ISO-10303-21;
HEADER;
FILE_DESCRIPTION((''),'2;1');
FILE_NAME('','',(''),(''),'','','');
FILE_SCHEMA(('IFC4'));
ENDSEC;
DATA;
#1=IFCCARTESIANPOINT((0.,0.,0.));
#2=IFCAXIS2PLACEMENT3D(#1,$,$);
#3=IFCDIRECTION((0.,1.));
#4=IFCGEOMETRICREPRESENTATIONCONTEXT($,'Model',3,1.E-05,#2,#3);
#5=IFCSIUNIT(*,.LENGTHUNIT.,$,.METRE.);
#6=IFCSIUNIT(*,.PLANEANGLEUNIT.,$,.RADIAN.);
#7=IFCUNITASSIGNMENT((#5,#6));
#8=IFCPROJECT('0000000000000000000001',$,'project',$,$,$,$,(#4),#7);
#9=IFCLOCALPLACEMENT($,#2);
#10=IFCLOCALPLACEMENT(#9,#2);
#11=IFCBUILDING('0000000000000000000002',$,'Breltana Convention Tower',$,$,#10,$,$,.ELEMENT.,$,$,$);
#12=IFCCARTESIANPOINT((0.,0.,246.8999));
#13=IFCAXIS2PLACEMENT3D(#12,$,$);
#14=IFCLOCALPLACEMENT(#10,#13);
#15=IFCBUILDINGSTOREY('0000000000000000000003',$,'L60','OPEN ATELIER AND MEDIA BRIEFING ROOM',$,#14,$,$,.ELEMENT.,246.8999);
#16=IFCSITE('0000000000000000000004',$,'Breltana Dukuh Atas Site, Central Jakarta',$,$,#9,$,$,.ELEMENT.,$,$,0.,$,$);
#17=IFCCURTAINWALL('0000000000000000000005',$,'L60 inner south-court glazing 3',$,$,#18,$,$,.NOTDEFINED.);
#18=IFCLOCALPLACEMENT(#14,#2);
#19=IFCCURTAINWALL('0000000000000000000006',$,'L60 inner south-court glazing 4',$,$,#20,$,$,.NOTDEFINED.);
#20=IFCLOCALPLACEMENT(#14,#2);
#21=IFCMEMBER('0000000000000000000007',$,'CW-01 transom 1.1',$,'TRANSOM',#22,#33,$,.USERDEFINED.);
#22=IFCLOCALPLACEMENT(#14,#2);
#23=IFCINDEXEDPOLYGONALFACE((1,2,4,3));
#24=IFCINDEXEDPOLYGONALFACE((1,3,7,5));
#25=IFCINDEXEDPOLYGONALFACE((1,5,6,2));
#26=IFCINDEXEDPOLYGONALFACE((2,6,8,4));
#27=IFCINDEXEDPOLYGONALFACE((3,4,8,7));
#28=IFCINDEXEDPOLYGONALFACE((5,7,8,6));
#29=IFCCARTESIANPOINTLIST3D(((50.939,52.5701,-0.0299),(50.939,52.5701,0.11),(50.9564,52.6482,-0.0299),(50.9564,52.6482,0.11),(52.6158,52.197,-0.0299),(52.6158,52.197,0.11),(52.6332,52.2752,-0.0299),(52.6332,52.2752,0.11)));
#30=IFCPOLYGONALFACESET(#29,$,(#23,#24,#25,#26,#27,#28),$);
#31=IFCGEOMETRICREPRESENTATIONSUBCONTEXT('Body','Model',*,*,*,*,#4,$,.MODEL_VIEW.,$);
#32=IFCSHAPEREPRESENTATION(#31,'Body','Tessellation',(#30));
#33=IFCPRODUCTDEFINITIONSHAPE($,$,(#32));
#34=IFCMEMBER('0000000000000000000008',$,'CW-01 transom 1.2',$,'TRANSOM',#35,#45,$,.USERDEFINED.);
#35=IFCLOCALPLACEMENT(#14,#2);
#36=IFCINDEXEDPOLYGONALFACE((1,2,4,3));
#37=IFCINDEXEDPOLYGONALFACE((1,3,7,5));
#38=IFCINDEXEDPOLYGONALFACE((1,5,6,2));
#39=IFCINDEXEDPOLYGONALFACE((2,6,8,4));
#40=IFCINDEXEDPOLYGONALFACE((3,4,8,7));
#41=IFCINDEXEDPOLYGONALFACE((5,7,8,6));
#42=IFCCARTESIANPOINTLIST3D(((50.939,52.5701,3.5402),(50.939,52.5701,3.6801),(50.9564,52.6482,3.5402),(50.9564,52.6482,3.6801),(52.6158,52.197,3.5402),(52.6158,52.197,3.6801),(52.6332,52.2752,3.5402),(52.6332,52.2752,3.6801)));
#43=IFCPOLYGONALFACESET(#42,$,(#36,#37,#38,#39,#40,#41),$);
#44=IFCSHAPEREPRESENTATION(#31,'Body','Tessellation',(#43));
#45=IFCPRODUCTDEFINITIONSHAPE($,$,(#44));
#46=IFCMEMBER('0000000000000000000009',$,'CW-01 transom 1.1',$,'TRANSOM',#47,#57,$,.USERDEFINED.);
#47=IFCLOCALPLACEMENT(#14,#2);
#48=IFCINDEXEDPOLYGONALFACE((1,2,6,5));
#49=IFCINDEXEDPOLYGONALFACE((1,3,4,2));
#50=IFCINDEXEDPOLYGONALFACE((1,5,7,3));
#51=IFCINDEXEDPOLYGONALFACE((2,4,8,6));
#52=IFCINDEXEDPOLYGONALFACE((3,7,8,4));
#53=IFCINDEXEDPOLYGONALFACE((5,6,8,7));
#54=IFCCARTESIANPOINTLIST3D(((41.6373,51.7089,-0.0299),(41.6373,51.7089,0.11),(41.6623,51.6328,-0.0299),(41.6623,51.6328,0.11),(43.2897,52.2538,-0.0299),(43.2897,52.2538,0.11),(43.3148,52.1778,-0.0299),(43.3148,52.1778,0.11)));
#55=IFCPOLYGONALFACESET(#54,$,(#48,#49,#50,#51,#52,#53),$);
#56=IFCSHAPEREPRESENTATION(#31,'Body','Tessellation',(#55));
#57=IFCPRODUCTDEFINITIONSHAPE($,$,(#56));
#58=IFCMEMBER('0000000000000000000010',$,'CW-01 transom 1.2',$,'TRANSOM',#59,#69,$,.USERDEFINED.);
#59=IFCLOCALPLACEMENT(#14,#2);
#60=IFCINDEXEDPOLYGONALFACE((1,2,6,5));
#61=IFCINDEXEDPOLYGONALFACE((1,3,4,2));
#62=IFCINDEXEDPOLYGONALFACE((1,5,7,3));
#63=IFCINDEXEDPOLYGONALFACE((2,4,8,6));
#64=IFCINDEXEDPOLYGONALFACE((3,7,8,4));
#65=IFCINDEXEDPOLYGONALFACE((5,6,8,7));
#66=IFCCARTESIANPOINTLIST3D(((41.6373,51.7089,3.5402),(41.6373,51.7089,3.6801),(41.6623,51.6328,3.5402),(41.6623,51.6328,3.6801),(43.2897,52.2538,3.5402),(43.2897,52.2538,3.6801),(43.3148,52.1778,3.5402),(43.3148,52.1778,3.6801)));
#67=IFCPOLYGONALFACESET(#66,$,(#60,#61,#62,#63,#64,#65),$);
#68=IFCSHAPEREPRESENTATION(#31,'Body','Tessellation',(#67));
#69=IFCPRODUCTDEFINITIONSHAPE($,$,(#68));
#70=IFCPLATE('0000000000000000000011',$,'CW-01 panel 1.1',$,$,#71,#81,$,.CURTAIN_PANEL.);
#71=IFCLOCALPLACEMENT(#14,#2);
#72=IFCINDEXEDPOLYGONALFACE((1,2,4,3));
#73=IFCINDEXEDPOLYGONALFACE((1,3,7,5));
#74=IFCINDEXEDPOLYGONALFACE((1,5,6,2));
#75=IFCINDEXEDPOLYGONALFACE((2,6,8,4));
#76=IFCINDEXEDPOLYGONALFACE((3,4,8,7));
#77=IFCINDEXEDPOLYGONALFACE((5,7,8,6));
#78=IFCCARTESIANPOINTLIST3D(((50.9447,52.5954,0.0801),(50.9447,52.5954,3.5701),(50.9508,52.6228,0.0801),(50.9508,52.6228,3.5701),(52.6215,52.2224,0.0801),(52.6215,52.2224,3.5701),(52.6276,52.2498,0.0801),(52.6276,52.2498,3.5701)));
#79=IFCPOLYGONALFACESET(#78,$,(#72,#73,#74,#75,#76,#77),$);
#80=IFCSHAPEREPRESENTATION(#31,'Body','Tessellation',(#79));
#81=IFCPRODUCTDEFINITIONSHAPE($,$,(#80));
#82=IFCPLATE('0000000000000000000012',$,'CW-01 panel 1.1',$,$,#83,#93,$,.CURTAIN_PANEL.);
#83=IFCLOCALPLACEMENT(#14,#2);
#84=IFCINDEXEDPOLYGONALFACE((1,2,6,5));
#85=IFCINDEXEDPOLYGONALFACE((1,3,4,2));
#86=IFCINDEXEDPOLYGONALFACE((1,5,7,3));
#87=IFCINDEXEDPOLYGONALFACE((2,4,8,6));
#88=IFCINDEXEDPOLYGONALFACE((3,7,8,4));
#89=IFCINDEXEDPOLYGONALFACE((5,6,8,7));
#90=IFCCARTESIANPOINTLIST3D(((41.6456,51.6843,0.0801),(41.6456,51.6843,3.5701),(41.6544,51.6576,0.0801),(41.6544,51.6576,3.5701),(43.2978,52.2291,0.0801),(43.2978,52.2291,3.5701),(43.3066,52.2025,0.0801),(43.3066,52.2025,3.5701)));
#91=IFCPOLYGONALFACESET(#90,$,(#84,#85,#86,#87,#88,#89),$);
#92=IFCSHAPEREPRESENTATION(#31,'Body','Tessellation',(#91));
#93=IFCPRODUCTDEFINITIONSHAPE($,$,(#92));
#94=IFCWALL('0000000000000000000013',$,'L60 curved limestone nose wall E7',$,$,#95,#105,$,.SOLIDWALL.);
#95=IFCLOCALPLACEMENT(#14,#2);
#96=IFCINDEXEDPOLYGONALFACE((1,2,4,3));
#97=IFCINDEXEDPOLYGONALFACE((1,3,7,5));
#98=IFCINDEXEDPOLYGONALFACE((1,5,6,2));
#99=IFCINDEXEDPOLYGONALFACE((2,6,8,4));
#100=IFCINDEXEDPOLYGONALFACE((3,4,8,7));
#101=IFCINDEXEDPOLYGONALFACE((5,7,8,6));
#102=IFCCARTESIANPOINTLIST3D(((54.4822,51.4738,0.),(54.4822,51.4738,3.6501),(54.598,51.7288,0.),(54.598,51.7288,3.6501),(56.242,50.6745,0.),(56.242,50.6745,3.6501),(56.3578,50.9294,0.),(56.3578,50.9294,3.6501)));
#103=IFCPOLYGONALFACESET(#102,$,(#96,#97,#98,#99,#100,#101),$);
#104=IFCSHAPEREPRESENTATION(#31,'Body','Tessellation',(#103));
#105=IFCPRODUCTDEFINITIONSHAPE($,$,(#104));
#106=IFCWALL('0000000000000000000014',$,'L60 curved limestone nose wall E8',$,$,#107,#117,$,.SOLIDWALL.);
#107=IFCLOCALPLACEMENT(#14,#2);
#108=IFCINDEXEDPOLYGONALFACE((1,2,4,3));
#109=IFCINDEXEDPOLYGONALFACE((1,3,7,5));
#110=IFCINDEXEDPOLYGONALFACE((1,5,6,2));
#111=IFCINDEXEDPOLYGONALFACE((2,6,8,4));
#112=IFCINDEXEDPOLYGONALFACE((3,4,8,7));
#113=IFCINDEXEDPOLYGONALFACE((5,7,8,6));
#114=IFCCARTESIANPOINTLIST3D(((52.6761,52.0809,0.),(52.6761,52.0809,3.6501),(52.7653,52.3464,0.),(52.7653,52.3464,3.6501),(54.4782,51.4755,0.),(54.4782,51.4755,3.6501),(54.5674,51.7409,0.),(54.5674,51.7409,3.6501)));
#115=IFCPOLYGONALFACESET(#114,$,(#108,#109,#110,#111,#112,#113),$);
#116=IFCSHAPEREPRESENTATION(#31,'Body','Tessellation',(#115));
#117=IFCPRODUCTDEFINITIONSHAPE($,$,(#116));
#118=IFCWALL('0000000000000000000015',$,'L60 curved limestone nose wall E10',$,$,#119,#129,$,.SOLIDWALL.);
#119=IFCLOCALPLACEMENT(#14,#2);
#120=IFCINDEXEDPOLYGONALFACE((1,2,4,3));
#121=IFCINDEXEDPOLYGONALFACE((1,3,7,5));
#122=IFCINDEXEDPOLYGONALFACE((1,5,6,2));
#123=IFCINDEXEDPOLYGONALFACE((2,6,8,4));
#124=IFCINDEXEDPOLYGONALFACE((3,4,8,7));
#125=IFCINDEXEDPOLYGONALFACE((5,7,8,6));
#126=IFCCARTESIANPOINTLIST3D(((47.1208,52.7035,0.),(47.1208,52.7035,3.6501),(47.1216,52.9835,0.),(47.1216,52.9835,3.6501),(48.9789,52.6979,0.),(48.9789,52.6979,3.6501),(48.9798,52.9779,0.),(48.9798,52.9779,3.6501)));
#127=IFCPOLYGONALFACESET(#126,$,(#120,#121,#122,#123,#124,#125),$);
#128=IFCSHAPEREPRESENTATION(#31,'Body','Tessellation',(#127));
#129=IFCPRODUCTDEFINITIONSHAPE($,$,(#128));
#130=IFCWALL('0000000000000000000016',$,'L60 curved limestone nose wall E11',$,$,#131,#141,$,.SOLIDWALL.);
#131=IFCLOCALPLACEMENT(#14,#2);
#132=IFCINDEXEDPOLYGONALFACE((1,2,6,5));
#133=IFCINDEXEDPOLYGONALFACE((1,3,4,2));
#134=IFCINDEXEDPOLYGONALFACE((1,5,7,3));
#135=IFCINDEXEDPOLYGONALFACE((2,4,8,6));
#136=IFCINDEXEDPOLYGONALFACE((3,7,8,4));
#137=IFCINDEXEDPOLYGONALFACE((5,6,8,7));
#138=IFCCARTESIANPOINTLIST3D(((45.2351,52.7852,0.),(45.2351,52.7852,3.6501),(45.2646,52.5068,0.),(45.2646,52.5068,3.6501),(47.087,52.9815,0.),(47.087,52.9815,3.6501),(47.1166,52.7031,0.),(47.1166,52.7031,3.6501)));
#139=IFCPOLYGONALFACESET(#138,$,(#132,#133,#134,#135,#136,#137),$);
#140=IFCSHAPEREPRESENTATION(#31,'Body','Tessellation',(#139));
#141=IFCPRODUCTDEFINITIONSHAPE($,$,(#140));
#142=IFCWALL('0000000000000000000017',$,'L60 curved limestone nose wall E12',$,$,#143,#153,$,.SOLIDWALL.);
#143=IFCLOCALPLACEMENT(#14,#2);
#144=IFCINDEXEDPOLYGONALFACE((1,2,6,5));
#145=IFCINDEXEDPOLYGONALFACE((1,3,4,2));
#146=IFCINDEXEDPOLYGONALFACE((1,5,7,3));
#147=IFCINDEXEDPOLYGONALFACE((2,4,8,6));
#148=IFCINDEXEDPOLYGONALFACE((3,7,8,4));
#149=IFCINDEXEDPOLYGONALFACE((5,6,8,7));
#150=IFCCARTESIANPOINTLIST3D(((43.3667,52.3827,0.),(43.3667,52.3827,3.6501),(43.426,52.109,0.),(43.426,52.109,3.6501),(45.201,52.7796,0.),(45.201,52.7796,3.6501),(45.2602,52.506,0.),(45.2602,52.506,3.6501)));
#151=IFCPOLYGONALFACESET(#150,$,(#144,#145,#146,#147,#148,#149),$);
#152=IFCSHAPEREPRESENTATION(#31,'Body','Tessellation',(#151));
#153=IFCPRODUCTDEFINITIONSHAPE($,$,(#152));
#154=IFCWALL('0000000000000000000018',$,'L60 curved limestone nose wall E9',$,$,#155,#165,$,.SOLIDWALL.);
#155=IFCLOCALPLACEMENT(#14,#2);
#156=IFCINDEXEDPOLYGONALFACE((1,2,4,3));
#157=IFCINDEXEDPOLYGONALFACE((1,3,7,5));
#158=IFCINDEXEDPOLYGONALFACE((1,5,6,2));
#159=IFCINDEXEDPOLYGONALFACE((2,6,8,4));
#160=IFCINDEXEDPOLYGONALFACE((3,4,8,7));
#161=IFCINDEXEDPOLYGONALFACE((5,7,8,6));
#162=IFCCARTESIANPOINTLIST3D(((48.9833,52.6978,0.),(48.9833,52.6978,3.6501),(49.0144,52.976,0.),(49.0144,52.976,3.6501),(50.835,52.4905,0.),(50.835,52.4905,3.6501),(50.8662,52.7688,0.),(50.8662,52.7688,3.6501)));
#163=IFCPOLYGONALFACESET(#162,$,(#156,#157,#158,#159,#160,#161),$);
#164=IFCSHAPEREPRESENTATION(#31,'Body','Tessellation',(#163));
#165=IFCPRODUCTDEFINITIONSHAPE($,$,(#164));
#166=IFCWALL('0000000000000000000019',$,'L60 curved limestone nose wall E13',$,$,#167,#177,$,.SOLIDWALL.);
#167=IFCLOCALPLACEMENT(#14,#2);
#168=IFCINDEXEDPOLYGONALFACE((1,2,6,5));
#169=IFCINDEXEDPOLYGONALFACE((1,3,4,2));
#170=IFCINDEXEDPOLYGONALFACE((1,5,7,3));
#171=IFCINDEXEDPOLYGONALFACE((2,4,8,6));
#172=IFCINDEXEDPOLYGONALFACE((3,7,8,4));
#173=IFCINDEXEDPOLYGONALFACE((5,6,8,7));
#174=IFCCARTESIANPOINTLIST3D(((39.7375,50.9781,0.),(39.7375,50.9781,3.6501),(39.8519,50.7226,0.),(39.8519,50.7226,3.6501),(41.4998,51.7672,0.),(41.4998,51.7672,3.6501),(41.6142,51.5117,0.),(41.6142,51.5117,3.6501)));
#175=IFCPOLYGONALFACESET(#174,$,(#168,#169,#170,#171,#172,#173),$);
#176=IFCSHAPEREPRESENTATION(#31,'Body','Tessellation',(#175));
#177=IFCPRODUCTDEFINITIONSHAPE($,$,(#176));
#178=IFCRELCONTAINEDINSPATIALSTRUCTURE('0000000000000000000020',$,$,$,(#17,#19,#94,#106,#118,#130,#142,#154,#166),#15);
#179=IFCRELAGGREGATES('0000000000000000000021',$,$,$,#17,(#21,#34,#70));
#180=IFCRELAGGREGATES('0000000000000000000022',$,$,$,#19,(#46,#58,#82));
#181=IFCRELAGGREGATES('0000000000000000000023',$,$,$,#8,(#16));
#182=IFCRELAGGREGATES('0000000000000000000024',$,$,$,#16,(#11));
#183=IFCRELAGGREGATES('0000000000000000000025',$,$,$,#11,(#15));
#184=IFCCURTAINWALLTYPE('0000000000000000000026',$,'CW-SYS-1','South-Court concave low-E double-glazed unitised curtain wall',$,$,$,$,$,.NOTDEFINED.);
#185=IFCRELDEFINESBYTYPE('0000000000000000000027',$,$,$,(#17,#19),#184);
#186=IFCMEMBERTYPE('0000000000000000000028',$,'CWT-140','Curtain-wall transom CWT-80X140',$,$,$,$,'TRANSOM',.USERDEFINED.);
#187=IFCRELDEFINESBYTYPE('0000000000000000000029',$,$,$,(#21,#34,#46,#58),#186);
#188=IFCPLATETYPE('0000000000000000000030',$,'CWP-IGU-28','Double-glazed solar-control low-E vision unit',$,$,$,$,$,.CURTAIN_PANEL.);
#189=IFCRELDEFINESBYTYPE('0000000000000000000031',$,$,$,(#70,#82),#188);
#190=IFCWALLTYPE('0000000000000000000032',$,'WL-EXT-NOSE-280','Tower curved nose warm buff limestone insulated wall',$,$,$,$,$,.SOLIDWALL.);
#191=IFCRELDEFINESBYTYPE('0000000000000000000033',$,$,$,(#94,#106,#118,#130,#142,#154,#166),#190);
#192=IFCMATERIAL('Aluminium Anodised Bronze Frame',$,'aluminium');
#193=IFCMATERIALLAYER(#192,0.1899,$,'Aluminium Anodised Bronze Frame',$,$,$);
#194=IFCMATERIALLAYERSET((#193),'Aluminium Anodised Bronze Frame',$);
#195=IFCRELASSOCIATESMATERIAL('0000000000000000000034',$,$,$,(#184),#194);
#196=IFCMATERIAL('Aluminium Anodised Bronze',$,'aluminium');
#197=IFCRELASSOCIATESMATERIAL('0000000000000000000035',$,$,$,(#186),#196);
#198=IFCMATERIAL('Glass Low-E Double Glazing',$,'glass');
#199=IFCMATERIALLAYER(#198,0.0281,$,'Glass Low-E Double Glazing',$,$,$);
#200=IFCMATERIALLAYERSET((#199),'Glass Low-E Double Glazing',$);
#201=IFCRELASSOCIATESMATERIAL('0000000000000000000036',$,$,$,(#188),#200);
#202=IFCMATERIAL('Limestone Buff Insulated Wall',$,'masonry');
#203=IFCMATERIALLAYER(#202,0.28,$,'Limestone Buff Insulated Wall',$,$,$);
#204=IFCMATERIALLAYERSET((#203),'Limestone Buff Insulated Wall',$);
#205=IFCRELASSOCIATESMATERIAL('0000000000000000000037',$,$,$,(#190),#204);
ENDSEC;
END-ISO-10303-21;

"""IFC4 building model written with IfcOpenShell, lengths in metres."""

from ifc_helpers import new_model, si_unit, direction, frame, frame_2d, origin, origin_2d, place, context, subcontext, project, spatial, rectangle, extrude, source, transform, mapped, material, layer, layer_set, material_profile, profile_set, type_object, element, aggregate, save


model = new_model("IFC4")

# Units and contexts
model_context = context("Model", 3, precision=1e-05, world=origin(), true_north=direction((0.0, 1.0)))
body_context = subcontext(model_context, "Body", "Model", "MODEL_VIEW")
ifc_project = project(units=[si_unit("LENGTHUNIT", "METRE"), si_unit("PLANEANGLEUNIT", "RADIAN")], contexts=[model_context])

# Site, building, storey
site_placement = place(None, origin())
site = spatial("IfcSite", under=ifc_project, at=site_placement, Name="Breltana Dukuh Atas Site, Central Jakarta", CompositionType="ELEMENT", RefElevation=0.0)
building_placement = place(site_placement, origin())
building = spatial("IfcBuilding", under=site, at=building_placement, Name="Breltana Convention Tower", CompositionType="ELEMENT")
storey_placement = place(building_placement, frame((0.0, 0.0, 246.8999)))
storey = spatial("IfcBuildingStorey", under=building, at=storey_placement, Name="L60", Description="OPEN ATELIER AND MEDIA BRIEFING ROOM", CompositionType="ELEMENT", Elevation=246.8999)

# Shared definitions
ifc_material_1 = material(Name="Aluminium Anodised Bronze Frame", Category="aluminium")
ifc_layer_1 = layer(ifc_material_1, 0.1899, Name="Aluminium Anodised Bronze Frame")
ifc_layer_set_1 = layer_set([ifc_layer_1], Name="Aluminium Anodised Bronze Frame")
curtain_wall_type = type_object("IfcCurtainWallType", Name="CW-SYS-1", Description="South-Court concave low-E double-glazed unitised curtain wall", PredefinedType="NOTDEFINED", material=ifc_layer_set_1)
ifc_material_2 = material(Name="Aluminium Anodised Bronze", Category="aluminium")

# Curtain walls
curtain_wall_1_placement = place(storey_placement, origin())
curtain_wall_1 = element("IfcCurtainWall", 1, at=curtain_wall_1_placement, inside=storey, type_object=curtain_wall_type, Name="L60 inner south-court glazing 3", PredefinedType="NOTDEFINED")
curtain_wall_2_placement = place(storey_placement, origin())
curtain_wall_2 = element("IfcCurtainWall", 2, at=curtain_wall_2_placement, inside=storey, type_object=curtain_wall_type, Name="L60 inner south-court glazing 4", PredefinedType="NOTDEFINED")

# Members
ifc_material_profile_1 = material_profile(ifc_material_2, rectangle(XDim=0.0801, YDim=0.1399, at=origin_2d()), Name="CWT-80X140")
ifc_profile_set_1 = profile_set([ifc_material_profile_1], Name="Aluminium Anodised Bronze")
member_type_1 = type_object("IfcMemberType", Name="CWT-140", Description="Curtain-wall transom CWT-80X140", ElementType="TRANSOM", PredefinedType="USERDEFINED", material=ifc_profile_set_1)
shared_shape_1 = source(origin(), body_context, "Body", "SweptSolid", [
    extrude(rectangle(XDim=0.0801, YDim=0.1399, at=origin_2d()), origin(), (0.0, 0.0, 1.0), 1.7178),
])
member_1_placement = place(storey_placement, frame((52.6245, 52.2361, 0.04), z_axis=(-0.976134, 0.217171, 0.0), x_axis=(-0.217171, -0.976134, 0.0)))
member_1 = element("IfcMember", 3, at=member_1_placement, type_object=member_type_1, Name="CW-01 transom 1.1", ObjectType="TRANSOM", PredefinedType="USERDEFINED", context=body_context, shape_type="MappedRepresentation", body=[
    mapped(shared_shape_1, transform((0.0, 0.0, 0.0), scale=1.0)),
])
member_2_placement = place(storey_placement, frame((52.6245, 52.2361, 3.6101), z_axis=(-0.976134, 0.217171, 0.0), x_axis=(-0.217171, -0.976134, 0.0)))
member_2 = element("IfcMember", 4, at=member_2_placement, type_object=member_type_1, Name="CW-01 transom 1.2", ObjectType="TRANSOM", PredefinedType="USERDEFINED", context=body_context, shape_type="MappedRepresentation", body=[
    mapped(shared_shape_1, transform((0.0, 0.0, 0.0), scale=1.0)),
])
shared_shape_2 = source(origin(), body_context, "Body", "SweptSolid", [
    extrude(rectangle(XDim=0.0801, YDim=0.1399, at=origin_2d()), origin(), (0.0, 0.0, 1.0), 1.74),
])
member_3_placement = place(storey_placement, frame((43.3022, 52.2158, 0.04), z_axis=(-0.949689, -0.313195, 0.0), x_axis=(0.313195, -0.949689, 0.0)))
member_3 = element("IfcMember", 5, at=member_3_placement, type_object=member_type_1, Name="CW-01 transom 1.1", ObjectType="TRANSOM", PredefinedType="USERDEFINED", context=body_context, shape_type="MappedRepresentation", body=[
    mapped(shared_shape_2, transform((0.0, 0.0, 0.0), scale=1.0)),
])
member_4_placement = place(storey_placement, frame((43.3022, 52.2158, 3.6101), z_axis=(-0.949689, -0.313195, 0.0), x_axis=(0.313195, -0.949689, 0.0)))
member_4 = element("IfcMember", 6, at=member_4_placement, type_object=member_type_1, Name="CW-01 transom 1.2", ObjectType="TRANSOM", PredefinedType="USERDEFINED", context=body_context, shape_type="MappedRepresentation", body=[
    mapped(shared_shape_2, transform((0.0, 0.0, 0.0), scale=1.0)),
])

# Plates
ifc_material_3 = material(Name="Glass Low-E Double Glazing", Category="glass")
ifc_layer_2 = layer(ifc_material_3, 0.0281, Name="Glass Low-E Double Glazing")
ifc_layer_set_2 = layer_set([ifc_layer_2], Name="Glass Low-E Double Glazing")
plate_type = type_object("IfcPlateType", Name="CWP-IGU-28", Description="Double-glazed solar-control low-E vision unit", PredefinedType="CURTAIN_PANEL", material=ifc_layer_set_2)
shared_shape_3 = source(origin(), body_context, "Body", "SweptSolid", [
    extrude(rectangle(XDim=1.7178, YDim=0.0281, at=origin_2d()), origin(), (0.0, 0.0, 1.0), 3.49),
])
plate_1_placement = place(storey_placement, frame((51.7861, 52.4226, 0.0801), z_axis=(0.0, 0.0, 1.0), x_axis=(-0.976143, 0.217128, 0.0)))
plate_1 = element("IfcPlate", 7, at=plate_1_placement, type_object=plate_type, Name="CW-01 panel 1.1", PredefinedType="CURTAIN_PANEL", context=body_context, shape_type="MappedRepresentation", body=[
    mapped(shared_shape_3, transform((0.0, 0.0, 0.0), scale=1.0)),
])
aggregate(curtain_wall_1, [member_1, member_2, plate_1])
shared_shape_4 = source(origin(), body_context, "Body", "SweptSolid", [
    extrude(rectangle(XDim=1.7397, YDim=0.0281, at=origin_2d()), origin(), (0.0, 0.0, 1.0), 3.49),
])
plate_2_placement = place(storey_placement, frame((42.4761, 51.9434, 0.0801), z_axis=(0.0, 0.0, 1.0), x_axis=(-0.949689, -0.313194, 0.0)))
plate_2 = element("IfcPlate", 8, at=plate_2_placement, type_object=plate_type, Name="CW-01 panel 1.1", PredefinedType="CURTAIN_PANEL", context=body_context, shape_type="MappedRepresentation", body=[
    mapped(shared_shape_4, transform((0.0, 0.0, 0.0), scale=1.0)),
])
aggregate(curtain_wall_2, [member_3, member_4, plate_2])

# Walls
ifc_material_4 = material(Name="Limestone Buff Insulated Wall", Category="masonry")
ifc_layer_3 = layer(ifc_material_4, 0.28, Name="Limestone Buff Insulated Wall")
ifc_layer_set_3 = layer_set([ifc_layer_3], Name="Limestone Buff Insulated Wall")
wall_type_1 = type_object("IfcWallType", Name="WL-EXT-NOSE-280", Description="Tower curved nose warm buff limestone insulated wall", PredefinedType="SOLIDWALL", material=ifc_layer_set_3)
shared_shape_5 = source(origin(), body_context, "Body", "SweptSolid", [
    extrude(rectangle(XDim=1.9329, YDim=0.28, at=frame_2d((0.9663, 0.0))), origin(), (0.0, 0.0, 1.0), 3.6501),
])
wall_1_placement = place(storey_placement, frame((56.2998, 50.802, 0.0), z_axis=(0.0, 0.0, 1.0), x_axis=(-0.910479, 0.413555, 0.0)))
element("IfcWall", 9, at=wall_1_placement, inside=storey, type_object=wall_type_1, Name="L60 curved limestone nose wall E7", PredefinedType="SOLIDWALL", context=body_context, shape_type="MappedRepresentation", body=[
    mapped(shared_shape_5, transform((0.0, 0.0, 0.0), scale=1.0)),
])
shared_shape_6 = source(origin(), body_context, "Body", "SweptSolid", [
    extrude(rectangle(XDim=1.9011, YDim=0.28, at=frame_2d((0.9507, 0.0))), origin(), (0.0, 0.0, 1.0), 3.6501),
])
wall_2_placement = place(storey_placement, frame((54.5229, 51.6082, 0.0), z_axis=(0.0, 0.0, 1.0), x_axis=(-0.947936, 0.318461, 0.0)))
element("IfcWall", 10, at=wall_2_placement, inside=storey, type_object=wall_type_1, Name="L60 curved limestone nose wall E8", PredefinedType="SOLIDWALL", context=body_context, shape_type="MappedRepresentation", body=[
    mapped(shared_shape_6, transform((0.0, 0.0, 0.0), scale=1.0)),
])
shared_shape_7 = source(origin(), body_context, "Body", "SweptSolid", [
    extrude(rectangle(XDim=1.8582, YDim=0.28, at=frame_2d((0.9292, 0.0))), origin(), (0.0, 0.0, 1.0), 3.6501),
])
wall_3_placement = place(storey_placement, frame((48.9795, 52.8379, 0.0), z_axis=(0.0, 0.0, 1.0), x_axis=(-0.999995, 0.003022, 0.0)))
element("IfcWall", 11, at=wall_3_placement, inside=storey, type_object=wall_type_1, Name="L60 curved limestone nose wall E10", PredefinedType="SOLIDWALL", context=body_context, shape_type="MappedRepresentation", body=[
    mapped(shared_shape_7, transform((0.0, 0.0, 0.0), scale=1.0)),
])
shared_shape_8 = source(origin(), body_context, "Body", "SweptSolid", [
    extrude(rectangle(XDim=1.8623, YDim=0.28, at=frame_2d((0.9312, 0.0))), origin(), (0.0, 0.0, 1.0), 3.6501),
])
wall_4_placement = place(storey_placement, frame((47.1018, 52.8423, 0.0), z_axis=(0.0, 0.0, 1.0), x_axis=(-0.99443, -0.105394, 0.0)))
element("IfcWall", 12, at=wall_4_placement, inside=storey, type_object=wall_type_1, Name="L60 curved limestone nose wall E11", PredefinedType="SOLIDWALL", context=body_context, shape_type="MappedRepresentation", body=[
    mapped(shared_shape_8, transform((0.0, 0.0, 0.0), scale=1.0)),
])
shared_shape_9 = source(origin(), body_context, "Body", "SweptSolid", [
    extrude(rectangle(XDim=1.8767, YDim=0.28, at=frame_2d((0.9385, 0.0))), origin(), (0.0, 0.0, 1.0), 3.6501),
])
wall_5_placement = place(storey_placement, frame((45.2307, 52.6428, 0.0), z_axis=(0.0, 0.0, 1.0), x_axis=(-0.977372, -0.211528, 0.0)))
element("IfcWall", 13, at=wall_5_placement, inside=storey, type_object=wall_type_1, Name="L60 curved limestone nose wall E12", PredefinedType="SOLIDWALL", context=body_context, shape_type="MappedRepresentation", body=[
    mapped(shared_shape_9, transform((0.0, 0.0, 0.0), scale=1.0)),
])
shared_shape_10 = source(origin(), body_context, "Body", "SweptSolid", [
    extrude(rectangle(XDim=1.8633, YDim=0.28, at=frame_2d((0.9316, 0.0))), origin(), (0.0, 0.0, 1.0), 3.6501),
])
wall_6_placement = place(storey_placement, frame((50.8506, 52.6296, 0.0), z_axis=(0.0, 0.0, 1.0), x_axis=(-0.993794, 0.111237, 0.0)))
element("IfcWall", 14, at=wall_6_placement, inside=storey, type_object=wall_type_1, Name="L60 curved limestone nose wall E9", PredefinedType="SOLIDWALL", context=body_context, shape_type="MappedRepresentation", body=[
    mapped(shared_shape_10, transform((0.0, 0.0, 0.0), scale=1.0)),
])
shared_shape_11 = source(origin(), body_context, "Body", "SweptSolid", [
    extrude(rectangle(XDim=1.9309, YDim=0.28, at=frame_2d((0.9653, 0.0))), origin(), (0.0, 0.0, 1.0), 3.6501),
])
wall_7_placement = place(storey_placement, frame((41.5569, 51.6394, 0.0), z_axis=(0.0, 0.0, 1.0), x_axis=(-0.912682, -0.408671, 0.0)))
element("IfcWall", 15, at=wall_7_placement, inside=storey, type_object=wall_type_1, Name="L60 curved limestone nose wall E13", PredefinedType="SOLIDWALL", context=body_context, shape_type="MappedRepresentation", body=[
    mapped(shared_shape_11, transform((0.0, 0.0, 0.0), scale=1.0)),
])

save(model, "model.ifc")
